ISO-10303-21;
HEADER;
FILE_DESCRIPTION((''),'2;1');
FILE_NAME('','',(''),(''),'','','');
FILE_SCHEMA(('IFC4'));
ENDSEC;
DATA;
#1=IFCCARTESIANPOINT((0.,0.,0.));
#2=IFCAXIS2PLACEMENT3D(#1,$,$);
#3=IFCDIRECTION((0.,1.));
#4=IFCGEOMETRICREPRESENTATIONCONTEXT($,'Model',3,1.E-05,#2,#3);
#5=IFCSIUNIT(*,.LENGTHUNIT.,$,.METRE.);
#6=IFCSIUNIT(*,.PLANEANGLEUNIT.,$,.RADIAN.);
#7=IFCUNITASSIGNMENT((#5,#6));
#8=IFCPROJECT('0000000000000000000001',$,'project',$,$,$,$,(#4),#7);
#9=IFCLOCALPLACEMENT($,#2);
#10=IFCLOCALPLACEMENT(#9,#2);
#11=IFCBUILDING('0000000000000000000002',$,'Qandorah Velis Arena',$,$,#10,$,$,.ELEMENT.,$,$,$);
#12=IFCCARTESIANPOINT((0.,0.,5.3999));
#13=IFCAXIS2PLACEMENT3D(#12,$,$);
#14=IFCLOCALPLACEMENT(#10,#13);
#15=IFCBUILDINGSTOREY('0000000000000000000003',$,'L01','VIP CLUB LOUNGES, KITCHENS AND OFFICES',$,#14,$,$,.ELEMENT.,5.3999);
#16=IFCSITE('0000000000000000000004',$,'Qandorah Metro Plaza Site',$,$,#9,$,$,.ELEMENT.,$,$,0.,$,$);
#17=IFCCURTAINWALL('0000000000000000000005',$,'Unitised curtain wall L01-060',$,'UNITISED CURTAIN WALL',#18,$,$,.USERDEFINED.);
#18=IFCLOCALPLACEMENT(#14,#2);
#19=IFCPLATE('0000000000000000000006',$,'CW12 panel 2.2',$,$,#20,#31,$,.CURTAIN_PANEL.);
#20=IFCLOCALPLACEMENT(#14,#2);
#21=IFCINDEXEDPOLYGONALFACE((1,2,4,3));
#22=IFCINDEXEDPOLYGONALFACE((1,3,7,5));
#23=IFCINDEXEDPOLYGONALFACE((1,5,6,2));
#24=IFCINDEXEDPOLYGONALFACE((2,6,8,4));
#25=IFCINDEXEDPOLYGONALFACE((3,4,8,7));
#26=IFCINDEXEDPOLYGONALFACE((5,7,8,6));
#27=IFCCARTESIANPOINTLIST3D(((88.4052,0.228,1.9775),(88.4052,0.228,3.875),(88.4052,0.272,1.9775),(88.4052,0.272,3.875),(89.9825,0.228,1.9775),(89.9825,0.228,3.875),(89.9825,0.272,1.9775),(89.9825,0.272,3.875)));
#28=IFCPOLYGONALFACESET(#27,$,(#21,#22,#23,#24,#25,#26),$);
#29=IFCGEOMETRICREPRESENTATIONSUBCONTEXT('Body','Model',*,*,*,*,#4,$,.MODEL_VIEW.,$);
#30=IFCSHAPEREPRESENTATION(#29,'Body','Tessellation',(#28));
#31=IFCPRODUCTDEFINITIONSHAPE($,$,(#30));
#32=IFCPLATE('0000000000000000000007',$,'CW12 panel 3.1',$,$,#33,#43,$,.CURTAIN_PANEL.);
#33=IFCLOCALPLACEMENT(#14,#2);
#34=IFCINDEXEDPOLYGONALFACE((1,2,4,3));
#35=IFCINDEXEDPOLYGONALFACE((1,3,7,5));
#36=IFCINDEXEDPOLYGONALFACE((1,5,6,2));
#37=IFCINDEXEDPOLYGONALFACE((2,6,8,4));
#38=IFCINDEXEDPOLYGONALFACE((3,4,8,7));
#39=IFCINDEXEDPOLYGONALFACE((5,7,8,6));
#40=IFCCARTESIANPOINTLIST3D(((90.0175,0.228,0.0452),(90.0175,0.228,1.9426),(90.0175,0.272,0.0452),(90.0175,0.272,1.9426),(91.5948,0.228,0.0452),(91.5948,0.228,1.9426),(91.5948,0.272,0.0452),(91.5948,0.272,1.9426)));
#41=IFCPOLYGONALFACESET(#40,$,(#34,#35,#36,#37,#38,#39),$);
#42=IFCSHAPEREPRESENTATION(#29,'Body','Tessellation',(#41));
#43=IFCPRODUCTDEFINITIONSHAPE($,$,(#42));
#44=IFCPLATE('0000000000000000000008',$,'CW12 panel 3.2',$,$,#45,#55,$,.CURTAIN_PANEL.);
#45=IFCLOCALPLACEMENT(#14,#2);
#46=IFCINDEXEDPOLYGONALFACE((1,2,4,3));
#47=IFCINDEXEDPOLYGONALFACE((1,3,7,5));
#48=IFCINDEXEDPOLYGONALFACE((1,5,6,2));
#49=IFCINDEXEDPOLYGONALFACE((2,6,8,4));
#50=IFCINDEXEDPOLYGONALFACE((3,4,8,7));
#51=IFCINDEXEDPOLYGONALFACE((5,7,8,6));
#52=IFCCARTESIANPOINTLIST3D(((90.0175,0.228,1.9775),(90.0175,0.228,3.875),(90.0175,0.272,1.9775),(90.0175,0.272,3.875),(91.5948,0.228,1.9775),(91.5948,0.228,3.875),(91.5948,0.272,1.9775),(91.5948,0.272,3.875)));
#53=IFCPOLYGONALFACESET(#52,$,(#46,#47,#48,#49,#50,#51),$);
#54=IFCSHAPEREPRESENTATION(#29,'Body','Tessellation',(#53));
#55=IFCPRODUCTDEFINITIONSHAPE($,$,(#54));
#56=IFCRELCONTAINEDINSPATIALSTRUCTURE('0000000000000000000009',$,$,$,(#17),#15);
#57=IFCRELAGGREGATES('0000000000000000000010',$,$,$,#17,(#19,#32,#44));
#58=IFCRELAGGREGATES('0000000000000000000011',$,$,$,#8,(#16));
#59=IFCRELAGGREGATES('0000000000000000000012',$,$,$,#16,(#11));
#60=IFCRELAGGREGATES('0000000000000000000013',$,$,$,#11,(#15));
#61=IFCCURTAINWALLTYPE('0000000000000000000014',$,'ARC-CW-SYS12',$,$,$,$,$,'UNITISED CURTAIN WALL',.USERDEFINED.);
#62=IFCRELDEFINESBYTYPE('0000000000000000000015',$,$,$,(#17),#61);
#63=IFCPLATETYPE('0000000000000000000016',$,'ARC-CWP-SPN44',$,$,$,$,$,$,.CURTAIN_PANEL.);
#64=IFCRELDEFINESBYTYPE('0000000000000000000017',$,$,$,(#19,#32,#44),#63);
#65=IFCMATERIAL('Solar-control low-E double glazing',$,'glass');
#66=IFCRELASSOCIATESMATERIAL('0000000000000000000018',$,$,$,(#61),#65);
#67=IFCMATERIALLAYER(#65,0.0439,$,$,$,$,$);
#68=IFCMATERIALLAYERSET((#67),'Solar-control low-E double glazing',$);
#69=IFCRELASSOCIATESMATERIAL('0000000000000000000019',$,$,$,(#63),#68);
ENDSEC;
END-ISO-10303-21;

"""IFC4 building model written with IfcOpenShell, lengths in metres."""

from ifc_helpers import new_model, si_unit, direction, frame, origin, origin_2d, place, context, subcontext, project, spatial, rectangle, extrude, material, layer, layer_set, type_object, element, aggregate, save


model = new_model("IFC4")

# Units and contexts
model_context = context("Model", 3, precision=1e-05, world=origin(), true_north=direction((0.0, 1.0)))
body_context = subcontext(model_context, "Body", "Model", "MODEL_VIEW")
ifc_project = project(units=[si_unit("LENGTHUNIT", "METRE"), si_unit("PLANEANGLEUNIT", "RADIAN")], contexts=[model_context])

# Site, building, storey
site_placement = place(None, origin())
site = spatial("IfcSite", under=ifc_project, at=site_placement, Name="Qandorah Metro Plaza Site", CompositionType="ELEMENT", RefElevation=0.0)
building_placement = place(site_placement, origin())
building = spatial("IfcBuilding", under=site, at=building_placement, Name="Qandorah Velis Arena", CompositionType="ELEMENT")
storey_placement = place(building_placement, frame((0.0, 0.0, 5.3999)))
storey = spatial("IfcBuildingStorey", under=building, at=storey_placement, Name="L01", Description="VIP CLUB LOUNGES, KITCHENS AND OFFICES", CompositionType="ELEMENT", Elevation=5.3999)

# Curtain wall
ifc_material_1 = material(Name="Solar-control low-E double glazing", Category="glass")
curtain_wall_type = type_object("IfcCurtainWallType", Name="ARC-CW-SYS12", ElementType="UNITISED CURTAIN WALL", PredefinedType="USERDEFINED", material=ifc_material_1)
curtain_wall_placement = place(storey_placement, origin())
curtain_wall = element("IfcCurtainWall", 1, at=curtain_wall_placement, inside=storey, type_object=curtain_wall_type, Name="Unitised curtain wall L01-060", ObjectType="UNITISED CURTAIN WALL", PredefinedType="USERDEFINED")

# Plates
ifc_layer = layer(ifc_material_1, 0.0439)
ifc_layer_set = layer_set([ifc_layer], Name="Solar-control low-E double glazing")
plate_type = type_object("IfcPlateType", Name="ARC-CWP-SPN44", PredefinedType="CURTAIN_PANEL", material=ifc_layer_set)
plate_1_placement = place(storey_placement, frame((89.1938, 0.25, 1.9775), z_axis=(0.0, 0.0, 1.0), x_axis=(1.0, 0.0, 0.0)))
plate_1 = element("IfcPlate", 2, at=plate_1_placement, type_object=plate_type, Name="CW12 panel 2.2", PredefinedType="CURTAIN_PANEL", context=body_context, shape_type="SweptSolid", body=[
    extrude(rectangle(XDim=1.5774, YDim=0.0439, at=origin_2d()), origin(), (0.0, 0.0, 1.0), 1.8975),
])
plate_2_placement = place(storey_placement, frame((90.8062, 0.25, 0.0452), z_axis=(0.0, 0.0, 1.0), x_axis=(1.0, 0.0, 0.0)))
plate_2 = element("IfcPlate", 3, at=plate_2_placement, type_object=plate_type, Name="CW12 panel 3.1", PredefinedType="CURTAIN_PANEL", context=body_context, shape_type="SweptSolid", body=[
    extrude(rectangle(XDim=1.5774, YDim=0.0439, at=origin_2d()), origin(), (0.0, 0.0, 1.0), 1.8975),
])
plate_3_placement = place(storey_placement, frame((90.8062, 0.25, 1.9775), z_axis=(0.0, 0.0, 1.0), x_axis=(1.0, 0.0, 0.0)))
plate_3 = element("IfcPlate", 4, at=plate_3_placement, type_object=plate_type, Name="CW12 panel 3.2", PredefinedType="CURTAIN_PANEL", context=body_context, shape_type="SweptSolid", body=[
    extrude(rectangle(XDim=1.5774, YDim=0.0439, at=origin_2d()), origin(), (0.0, 0.0, 1.0), 1.8975),
])
aggregate(curtain_wall, [plate_1, plate_2, plate_3])

save(model, "model.ifc")
